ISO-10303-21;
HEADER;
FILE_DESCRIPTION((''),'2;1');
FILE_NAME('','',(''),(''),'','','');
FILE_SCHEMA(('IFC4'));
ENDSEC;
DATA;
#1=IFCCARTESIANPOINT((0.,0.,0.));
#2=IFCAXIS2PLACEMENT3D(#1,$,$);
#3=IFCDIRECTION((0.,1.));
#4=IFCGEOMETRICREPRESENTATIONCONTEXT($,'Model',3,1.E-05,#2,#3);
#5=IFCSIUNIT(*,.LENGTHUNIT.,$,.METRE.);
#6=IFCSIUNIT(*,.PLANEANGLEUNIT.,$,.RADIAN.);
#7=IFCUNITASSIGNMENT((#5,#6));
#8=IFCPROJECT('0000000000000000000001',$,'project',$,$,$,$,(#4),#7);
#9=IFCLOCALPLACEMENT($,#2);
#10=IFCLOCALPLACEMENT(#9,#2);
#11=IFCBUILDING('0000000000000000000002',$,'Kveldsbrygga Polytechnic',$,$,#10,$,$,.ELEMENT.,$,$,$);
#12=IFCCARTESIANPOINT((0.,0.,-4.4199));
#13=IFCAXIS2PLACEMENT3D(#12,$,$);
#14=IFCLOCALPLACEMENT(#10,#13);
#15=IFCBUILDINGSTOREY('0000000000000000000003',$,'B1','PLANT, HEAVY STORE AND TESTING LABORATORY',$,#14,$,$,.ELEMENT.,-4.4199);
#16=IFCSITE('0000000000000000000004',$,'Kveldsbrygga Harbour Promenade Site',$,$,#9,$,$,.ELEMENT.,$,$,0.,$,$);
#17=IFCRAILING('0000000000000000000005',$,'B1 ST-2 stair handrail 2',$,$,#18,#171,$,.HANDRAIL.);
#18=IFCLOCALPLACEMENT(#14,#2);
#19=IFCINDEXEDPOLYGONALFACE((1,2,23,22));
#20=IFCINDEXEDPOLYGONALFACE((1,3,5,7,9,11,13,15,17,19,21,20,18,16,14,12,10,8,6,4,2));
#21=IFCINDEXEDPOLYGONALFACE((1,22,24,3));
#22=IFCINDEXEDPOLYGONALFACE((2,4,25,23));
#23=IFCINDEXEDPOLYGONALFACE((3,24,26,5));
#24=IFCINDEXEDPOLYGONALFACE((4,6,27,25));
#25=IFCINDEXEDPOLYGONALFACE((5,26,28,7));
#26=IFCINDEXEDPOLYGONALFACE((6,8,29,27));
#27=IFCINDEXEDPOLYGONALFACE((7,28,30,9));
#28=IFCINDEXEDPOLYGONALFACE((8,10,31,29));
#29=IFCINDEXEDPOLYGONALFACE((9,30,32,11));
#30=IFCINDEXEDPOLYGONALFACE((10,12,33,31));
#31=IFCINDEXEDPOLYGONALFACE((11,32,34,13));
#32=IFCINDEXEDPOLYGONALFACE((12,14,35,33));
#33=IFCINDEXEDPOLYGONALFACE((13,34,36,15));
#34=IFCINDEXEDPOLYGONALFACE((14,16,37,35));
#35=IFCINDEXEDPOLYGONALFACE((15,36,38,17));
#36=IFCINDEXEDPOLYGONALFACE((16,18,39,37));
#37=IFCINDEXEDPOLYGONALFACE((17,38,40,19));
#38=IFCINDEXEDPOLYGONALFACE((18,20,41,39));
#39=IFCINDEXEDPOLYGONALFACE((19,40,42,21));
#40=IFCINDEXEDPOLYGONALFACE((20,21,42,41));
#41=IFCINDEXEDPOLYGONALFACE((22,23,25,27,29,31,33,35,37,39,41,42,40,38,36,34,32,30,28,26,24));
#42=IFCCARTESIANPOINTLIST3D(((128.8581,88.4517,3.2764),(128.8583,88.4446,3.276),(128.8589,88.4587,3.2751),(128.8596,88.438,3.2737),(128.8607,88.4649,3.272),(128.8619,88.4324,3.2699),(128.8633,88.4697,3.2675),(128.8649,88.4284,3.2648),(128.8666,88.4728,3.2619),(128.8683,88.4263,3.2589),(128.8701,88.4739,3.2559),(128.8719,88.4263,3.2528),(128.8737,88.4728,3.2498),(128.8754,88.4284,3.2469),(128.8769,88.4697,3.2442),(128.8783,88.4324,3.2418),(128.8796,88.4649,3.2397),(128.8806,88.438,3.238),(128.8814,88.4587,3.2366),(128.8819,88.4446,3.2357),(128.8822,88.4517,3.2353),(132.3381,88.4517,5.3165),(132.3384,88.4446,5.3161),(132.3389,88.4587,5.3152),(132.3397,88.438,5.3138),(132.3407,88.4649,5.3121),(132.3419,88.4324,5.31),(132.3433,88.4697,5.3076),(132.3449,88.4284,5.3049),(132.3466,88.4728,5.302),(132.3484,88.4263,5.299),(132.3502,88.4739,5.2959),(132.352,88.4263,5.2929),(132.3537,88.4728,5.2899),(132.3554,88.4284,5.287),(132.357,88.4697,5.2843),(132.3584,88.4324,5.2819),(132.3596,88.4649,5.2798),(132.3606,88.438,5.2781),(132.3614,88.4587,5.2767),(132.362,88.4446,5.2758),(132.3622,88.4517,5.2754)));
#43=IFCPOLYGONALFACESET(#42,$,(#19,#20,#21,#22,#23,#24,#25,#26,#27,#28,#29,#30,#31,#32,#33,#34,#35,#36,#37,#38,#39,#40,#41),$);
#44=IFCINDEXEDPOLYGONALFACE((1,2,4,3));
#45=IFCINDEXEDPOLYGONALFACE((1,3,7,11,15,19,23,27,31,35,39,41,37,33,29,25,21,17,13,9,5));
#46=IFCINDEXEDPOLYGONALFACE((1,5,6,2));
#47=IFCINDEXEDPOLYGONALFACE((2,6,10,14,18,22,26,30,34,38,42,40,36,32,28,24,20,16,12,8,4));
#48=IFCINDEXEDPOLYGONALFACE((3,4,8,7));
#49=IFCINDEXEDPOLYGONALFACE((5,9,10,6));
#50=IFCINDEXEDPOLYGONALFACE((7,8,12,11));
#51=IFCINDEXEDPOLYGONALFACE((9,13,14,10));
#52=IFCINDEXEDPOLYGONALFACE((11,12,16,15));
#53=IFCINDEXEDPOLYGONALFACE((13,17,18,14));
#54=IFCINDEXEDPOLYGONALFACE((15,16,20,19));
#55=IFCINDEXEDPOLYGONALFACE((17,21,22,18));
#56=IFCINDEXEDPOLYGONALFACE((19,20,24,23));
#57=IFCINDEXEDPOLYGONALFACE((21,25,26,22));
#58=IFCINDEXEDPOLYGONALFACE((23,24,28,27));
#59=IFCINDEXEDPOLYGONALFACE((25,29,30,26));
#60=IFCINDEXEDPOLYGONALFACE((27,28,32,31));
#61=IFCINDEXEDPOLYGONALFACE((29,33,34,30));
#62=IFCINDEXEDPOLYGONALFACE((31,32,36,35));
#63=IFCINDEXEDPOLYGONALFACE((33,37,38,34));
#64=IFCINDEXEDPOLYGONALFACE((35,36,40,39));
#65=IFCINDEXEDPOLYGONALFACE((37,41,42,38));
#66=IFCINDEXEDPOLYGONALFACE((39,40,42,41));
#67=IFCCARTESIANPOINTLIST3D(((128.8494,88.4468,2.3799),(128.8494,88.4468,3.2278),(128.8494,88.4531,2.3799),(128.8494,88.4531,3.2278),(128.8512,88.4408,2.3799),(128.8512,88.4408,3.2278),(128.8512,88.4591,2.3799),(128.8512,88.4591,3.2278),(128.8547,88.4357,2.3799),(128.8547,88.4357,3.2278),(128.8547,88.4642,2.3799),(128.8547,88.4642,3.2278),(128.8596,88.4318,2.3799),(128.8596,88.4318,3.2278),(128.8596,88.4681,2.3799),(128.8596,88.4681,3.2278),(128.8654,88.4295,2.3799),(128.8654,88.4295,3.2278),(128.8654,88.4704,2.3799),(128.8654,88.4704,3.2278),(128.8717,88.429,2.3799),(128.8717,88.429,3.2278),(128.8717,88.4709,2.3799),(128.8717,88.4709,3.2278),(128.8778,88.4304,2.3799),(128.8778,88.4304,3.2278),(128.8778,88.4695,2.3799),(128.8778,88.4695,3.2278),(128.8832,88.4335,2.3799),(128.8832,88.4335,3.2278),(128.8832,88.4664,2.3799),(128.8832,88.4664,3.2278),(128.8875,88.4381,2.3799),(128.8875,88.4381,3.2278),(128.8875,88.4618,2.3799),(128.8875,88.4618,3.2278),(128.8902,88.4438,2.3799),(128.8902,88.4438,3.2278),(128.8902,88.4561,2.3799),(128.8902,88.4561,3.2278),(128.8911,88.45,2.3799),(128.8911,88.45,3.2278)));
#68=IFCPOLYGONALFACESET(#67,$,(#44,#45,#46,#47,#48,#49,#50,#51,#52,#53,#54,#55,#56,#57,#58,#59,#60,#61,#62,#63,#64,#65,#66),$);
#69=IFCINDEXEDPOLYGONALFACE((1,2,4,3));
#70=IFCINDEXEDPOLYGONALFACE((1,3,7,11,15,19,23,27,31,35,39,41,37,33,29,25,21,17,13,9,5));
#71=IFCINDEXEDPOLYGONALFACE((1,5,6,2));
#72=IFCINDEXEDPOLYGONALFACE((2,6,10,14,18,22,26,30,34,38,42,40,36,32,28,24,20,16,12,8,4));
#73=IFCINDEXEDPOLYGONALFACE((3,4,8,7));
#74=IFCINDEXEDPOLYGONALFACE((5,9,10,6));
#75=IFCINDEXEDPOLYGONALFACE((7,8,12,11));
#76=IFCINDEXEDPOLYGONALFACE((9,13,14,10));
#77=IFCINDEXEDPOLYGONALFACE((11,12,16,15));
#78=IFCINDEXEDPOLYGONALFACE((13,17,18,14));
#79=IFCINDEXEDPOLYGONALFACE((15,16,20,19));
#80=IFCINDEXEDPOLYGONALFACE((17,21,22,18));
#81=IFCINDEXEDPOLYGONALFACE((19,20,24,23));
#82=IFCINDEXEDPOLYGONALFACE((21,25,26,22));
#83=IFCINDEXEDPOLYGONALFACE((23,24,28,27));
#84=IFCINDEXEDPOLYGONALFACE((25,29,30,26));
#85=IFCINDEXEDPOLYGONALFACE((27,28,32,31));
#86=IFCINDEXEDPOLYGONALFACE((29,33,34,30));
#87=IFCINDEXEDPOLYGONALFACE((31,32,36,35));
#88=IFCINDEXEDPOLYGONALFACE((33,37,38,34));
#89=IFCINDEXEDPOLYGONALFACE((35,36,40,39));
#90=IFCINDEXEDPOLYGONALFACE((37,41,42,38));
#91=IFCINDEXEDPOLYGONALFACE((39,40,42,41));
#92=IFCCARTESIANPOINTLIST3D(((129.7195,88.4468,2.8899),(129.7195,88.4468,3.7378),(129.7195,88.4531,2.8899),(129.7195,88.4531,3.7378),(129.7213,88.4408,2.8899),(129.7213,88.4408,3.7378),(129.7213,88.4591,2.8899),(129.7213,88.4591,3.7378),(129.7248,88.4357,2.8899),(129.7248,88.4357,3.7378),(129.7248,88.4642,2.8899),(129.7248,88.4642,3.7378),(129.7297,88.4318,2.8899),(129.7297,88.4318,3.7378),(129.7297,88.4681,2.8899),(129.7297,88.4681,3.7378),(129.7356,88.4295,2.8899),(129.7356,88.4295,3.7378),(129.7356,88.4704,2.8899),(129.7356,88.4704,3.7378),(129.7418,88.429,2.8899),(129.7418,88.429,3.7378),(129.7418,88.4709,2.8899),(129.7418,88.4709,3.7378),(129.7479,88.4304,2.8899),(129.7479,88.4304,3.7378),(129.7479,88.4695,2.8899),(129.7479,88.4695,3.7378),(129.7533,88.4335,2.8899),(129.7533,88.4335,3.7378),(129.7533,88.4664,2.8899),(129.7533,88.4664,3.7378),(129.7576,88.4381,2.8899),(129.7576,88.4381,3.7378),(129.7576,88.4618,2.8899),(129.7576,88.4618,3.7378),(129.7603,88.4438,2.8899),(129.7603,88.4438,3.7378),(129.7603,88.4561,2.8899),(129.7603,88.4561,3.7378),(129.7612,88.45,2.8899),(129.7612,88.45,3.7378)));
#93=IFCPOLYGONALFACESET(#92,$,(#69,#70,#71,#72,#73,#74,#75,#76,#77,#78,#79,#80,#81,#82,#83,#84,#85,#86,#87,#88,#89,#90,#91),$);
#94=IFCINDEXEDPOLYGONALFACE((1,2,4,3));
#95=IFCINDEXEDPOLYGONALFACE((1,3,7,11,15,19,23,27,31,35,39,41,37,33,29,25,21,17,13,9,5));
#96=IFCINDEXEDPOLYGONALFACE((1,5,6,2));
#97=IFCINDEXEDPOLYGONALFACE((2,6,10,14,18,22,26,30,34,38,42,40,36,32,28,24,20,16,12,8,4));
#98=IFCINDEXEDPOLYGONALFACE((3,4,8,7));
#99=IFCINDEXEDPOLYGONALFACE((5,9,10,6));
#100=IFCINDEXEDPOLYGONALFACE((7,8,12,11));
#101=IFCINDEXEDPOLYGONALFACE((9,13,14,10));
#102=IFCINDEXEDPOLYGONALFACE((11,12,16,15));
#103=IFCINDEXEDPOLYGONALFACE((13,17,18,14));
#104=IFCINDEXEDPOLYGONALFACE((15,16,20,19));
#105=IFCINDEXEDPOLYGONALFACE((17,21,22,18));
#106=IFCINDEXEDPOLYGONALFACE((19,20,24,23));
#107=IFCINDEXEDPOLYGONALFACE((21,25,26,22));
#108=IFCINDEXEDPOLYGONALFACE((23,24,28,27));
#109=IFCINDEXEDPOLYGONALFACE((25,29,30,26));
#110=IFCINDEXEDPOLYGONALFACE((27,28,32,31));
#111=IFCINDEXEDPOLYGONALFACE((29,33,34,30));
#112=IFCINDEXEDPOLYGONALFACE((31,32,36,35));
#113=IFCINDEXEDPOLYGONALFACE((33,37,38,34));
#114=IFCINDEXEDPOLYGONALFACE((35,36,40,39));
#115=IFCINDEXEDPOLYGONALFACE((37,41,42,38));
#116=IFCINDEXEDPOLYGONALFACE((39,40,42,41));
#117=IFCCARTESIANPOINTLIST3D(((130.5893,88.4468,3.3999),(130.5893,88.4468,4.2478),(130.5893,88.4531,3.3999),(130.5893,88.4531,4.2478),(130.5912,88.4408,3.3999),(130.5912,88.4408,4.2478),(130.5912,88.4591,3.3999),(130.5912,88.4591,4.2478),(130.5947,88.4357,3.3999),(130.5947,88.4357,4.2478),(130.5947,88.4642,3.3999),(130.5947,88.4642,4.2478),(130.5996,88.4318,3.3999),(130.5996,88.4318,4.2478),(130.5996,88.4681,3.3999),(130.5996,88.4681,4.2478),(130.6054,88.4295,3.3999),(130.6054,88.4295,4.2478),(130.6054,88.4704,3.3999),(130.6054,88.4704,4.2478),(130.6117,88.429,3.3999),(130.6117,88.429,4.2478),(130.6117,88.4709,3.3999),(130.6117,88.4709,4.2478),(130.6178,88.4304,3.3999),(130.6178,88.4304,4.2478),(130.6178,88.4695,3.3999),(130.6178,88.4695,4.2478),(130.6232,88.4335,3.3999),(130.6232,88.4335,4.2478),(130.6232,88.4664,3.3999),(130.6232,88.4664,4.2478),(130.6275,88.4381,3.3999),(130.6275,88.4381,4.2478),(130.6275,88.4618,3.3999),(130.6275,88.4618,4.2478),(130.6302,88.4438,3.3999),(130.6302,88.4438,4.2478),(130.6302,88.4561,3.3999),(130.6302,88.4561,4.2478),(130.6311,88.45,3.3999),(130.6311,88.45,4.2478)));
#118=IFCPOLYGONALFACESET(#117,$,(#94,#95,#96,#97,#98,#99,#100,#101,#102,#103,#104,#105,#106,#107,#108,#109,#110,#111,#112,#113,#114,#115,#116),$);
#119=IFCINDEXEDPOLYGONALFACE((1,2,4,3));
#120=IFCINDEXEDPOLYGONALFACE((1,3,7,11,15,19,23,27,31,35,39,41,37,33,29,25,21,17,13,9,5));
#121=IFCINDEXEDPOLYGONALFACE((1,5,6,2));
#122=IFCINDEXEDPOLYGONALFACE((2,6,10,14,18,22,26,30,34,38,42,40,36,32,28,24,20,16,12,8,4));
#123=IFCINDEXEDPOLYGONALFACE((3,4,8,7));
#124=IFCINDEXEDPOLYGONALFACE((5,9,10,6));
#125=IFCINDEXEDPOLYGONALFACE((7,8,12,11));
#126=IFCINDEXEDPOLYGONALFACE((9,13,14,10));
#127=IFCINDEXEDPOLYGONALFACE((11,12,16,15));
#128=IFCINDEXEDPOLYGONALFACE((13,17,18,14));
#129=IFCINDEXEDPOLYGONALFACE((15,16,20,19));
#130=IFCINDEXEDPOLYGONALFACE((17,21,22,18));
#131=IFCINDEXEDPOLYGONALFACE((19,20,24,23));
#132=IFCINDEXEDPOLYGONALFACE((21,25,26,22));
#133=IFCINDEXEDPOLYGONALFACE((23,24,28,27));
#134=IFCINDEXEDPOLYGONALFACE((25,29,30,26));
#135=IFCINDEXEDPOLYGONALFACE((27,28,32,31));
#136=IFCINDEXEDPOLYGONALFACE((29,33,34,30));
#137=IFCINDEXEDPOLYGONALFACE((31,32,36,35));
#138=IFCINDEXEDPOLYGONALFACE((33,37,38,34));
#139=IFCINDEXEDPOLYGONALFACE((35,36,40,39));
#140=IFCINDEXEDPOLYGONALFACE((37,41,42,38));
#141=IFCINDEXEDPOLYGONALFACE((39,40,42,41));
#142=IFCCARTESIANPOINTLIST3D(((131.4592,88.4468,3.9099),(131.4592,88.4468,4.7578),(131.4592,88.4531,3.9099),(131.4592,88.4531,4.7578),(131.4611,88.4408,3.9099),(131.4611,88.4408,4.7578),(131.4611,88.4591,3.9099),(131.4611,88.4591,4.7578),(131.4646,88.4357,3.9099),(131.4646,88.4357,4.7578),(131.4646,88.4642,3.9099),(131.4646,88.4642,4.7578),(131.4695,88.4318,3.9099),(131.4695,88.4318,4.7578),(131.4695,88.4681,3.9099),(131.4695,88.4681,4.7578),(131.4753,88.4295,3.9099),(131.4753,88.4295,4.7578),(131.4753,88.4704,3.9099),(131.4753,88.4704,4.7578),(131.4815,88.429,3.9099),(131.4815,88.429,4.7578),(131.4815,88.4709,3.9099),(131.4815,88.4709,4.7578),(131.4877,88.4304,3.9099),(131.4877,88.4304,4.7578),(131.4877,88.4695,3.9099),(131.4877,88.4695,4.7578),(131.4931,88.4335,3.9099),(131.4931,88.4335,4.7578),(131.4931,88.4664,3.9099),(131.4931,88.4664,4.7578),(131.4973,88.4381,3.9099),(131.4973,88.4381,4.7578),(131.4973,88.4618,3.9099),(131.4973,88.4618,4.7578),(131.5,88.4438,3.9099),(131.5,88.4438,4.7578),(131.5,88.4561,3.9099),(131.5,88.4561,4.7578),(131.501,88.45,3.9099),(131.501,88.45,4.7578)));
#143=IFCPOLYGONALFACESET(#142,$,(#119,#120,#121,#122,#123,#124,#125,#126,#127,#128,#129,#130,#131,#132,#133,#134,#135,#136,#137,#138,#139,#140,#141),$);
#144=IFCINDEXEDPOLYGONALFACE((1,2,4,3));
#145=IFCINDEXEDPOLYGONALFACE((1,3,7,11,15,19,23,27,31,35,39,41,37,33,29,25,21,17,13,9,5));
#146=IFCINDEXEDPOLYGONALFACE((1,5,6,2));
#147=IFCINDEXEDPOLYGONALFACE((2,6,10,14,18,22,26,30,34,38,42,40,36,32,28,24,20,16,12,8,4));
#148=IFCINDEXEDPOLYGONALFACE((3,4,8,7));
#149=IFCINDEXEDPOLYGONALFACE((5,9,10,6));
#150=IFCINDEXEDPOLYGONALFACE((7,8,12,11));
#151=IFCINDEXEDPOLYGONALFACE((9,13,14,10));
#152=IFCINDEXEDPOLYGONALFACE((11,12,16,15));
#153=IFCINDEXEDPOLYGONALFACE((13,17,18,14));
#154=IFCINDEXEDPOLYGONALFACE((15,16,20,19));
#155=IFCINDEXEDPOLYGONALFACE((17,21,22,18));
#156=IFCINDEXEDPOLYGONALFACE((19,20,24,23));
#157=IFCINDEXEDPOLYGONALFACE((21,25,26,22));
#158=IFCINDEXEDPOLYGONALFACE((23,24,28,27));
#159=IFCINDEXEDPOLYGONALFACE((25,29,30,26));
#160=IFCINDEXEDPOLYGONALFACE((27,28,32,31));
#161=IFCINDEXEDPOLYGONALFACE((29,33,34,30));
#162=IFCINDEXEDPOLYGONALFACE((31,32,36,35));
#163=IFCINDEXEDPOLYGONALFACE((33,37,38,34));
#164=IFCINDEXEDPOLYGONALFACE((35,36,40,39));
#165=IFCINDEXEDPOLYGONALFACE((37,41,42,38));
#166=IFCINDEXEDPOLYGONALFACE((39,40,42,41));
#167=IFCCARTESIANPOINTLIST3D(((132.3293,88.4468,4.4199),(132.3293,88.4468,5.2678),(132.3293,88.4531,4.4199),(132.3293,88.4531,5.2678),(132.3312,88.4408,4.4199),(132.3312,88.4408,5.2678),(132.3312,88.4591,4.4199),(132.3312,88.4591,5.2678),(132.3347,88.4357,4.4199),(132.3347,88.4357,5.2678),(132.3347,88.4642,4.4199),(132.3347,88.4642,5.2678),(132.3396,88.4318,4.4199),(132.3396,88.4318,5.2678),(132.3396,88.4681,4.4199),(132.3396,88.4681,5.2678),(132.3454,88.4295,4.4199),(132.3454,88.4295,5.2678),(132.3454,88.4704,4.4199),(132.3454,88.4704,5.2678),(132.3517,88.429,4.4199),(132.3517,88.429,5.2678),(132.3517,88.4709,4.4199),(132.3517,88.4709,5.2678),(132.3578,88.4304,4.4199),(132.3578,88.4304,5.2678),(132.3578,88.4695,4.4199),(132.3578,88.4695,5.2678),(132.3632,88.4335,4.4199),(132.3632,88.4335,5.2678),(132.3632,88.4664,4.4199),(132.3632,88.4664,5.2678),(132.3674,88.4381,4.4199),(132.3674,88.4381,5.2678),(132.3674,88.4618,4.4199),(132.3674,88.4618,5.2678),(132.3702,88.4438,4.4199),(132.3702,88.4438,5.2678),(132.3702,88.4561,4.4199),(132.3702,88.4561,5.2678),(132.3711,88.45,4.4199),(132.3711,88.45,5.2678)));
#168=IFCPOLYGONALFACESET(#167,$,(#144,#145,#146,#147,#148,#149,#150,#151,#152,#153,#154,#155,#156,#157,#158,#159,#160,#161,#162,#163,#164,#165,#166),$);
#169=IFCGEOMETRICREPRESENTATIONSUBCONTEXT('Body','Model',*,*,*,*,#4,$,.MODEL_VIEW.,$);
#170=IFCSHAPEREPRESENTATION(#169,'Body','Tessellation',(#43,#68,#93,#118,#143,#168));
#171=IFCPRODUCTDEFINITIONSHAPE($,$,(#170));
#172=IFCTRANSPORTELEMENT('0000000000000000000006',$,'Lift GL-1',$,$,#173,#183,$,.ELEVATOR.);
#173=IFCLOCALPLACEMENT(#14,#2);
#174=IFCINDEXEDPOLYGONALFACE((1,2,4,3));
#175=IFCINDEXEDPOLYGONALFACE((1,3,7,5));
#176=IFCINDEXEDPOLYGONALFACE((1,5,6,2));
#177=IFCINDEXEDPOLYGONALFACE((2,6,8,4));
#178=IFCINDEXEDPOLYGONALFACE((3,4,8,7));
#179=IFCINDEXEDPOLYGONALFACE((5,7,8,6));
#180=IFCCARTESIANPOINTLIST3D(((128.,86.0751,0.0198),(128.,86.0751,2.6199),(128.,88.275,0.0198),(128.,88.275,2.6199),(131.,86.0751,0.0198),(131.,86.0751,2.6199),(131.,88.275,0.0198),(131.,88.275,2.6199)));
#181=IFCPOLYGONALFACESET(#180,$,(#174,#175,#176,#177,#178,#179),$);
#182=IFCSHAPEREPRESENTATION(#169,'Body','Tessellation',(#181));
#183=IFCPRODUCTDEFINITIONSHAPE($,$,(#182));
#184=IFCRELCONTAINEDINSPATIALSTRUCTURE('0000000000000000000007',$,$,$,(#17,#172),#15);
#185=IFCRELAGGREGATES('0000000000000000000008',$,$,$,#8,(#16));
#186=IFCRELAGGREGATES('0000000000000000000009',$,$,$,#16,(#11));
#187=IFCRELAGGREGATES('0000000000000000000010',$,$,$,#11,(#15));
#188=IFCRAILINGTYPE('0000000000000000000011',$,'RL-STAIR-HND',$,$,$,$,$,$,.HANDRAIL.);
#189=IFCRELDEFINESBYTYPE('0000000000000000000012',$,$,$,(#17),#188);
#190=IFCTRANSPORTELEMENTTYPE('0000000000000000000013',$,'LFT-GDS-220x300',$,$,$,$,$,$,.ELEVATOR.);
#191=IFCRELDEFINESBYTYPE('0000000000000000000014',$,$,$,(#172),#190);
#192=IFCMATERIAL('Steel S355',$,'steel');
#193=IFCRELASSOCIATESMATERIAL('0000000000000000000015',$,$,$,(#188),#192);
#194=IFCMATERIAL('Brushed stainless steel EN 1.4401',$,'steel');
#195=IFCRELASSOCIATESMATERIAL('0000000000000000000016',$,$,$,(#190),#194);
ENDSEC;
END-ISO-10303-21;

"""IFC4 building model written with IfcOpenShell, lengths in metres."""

from ifc_helpers import new_model, si_unit, direction, frame, origin, origin_2d, place, context, subcontext, project, spatial, rectangle, circle, extrude, material, type_object, element, save


model = new_model("IFC4")

# Units and contexts
model_context = context("Model", 3, precision=1e-05, world=origin(), true_north=direction((0.0, 1.0)))
body_context = subcontext(model_context, "Body", "Model", "MODEL_VIEW")
ifc_project = project(units=[si_unit("LENGTHUNIT", "METRE"), si_unit("PLANEANGLEUNIT", "RADIAN")], contexts=[model_context])

# Site, building, storey
site_placement = place(None, origin())
site = spatial("IfcSite", under=ifc_project, at=site_placement, Name="Kveldsbrygga Harbour Promenade Site", CompositionType="ELEMENT", RefElevation=0.0)
building_placement = place(site_placement, origin())
building = spatial("IfcBuilding", under=site, at=building_placement, Name="Kveldsbrygga Polytechnic", CompositionType="ELEMENT")
storey_placement = place(building_placement, frame((0.0, 0.0, -4.4199)))
storey = spatial("IfcBuildingStorey", under=building, at=storey_placement, Name="B1", Description="PLANT, HEAVY STORE AND TESTING LABORATORY", CompositionType="ELEMENT", Elevation=-4.4199)

# Shared definitions
ifc_material_1 = material(Name="Steel S355", Category="steel")

# Railing
railing_type_1 = type_object("IfcRailingType", Name="RL-STAIR-HND", PredefinedType="HANDRAIL", material=ifc_material_1)
railing_1_placement = place(storey_placement, frame((128.8701, 88.45, 2.3799)))
element("IfcRailing", 1, at=railing_1_placement, inside=storey, type_object=railing_type_1, Name="B1 ST-2 stair handrail 2", PredefinedType="HANDRAIL", context=body_context, shape_type="SweptSolid", body=[
    extrude(circle(Radius=0.0239, at=origin_2d()), frame((0.0, 0.0, 0.876), z_axis=(0.862693, 0.0, 0.505729), x_axis=(0.0, 1.0, 0.0)), (0.0, 0.0, 1.0), 4.0339),
    extrude(circle(Radius=0.021, at=origin_2d()), origin(), (0.0, 0.0, 1.0), 0.8479),
    extrude(circle(Radius=0.021, at=origin_2d()), frame((0.8701, 0.0, 0.51)), (0.0, 0.0, 1.0), 0.8479),
    extrude(circle(Radius=0.021, at=origin_2d()), frame((1.74, 0.0, 1.02)), (0.0, 0.0, 1.0), 0.8479),
    extrude(circle(Radius=0.021, at=origin_2d()), frame((2.6099, 0.0, 1.53)), (0.0, 0.0, 1.0), 0.8479),
    extrude(circle(Radius=0.021, at=origin_2d()), frame((3.48, 0.0, 2.04)), (0.0, 0.0, 1.0), 0.8479),
])

# Transport element
ifc_material_2 = material(Name="Brushed stainless steel EN 1.4401", Category="steel")
transport_element_type = type_object("IfcTransportElementType", Name="LFT-GDS-220x300", PredefinedType="ELEVATOR", material=ifc_material_2)
transport_element_placement = place(storey_placement, frame((129.5, 87.175, 0.0198), z_axis=(0.0, 0.0, 1.0), x_axis=(1.0, 0.0, 0.0)))
element("IfcTransportElement", 2, at=transport_element_placement, inside=storey, type_object=transport_element_type, Name="Lift GL-1", PredefinedType="ELEVATOR", context=body_context, shape_type="SweptSolid", body=[
    extrude(rectangle(XDim=3.0, YDim=2.2, at=origin_2d()), origin(), (0.0, 0.0, 1.0), 2.6001),
])

save(model, "model.ifc")
